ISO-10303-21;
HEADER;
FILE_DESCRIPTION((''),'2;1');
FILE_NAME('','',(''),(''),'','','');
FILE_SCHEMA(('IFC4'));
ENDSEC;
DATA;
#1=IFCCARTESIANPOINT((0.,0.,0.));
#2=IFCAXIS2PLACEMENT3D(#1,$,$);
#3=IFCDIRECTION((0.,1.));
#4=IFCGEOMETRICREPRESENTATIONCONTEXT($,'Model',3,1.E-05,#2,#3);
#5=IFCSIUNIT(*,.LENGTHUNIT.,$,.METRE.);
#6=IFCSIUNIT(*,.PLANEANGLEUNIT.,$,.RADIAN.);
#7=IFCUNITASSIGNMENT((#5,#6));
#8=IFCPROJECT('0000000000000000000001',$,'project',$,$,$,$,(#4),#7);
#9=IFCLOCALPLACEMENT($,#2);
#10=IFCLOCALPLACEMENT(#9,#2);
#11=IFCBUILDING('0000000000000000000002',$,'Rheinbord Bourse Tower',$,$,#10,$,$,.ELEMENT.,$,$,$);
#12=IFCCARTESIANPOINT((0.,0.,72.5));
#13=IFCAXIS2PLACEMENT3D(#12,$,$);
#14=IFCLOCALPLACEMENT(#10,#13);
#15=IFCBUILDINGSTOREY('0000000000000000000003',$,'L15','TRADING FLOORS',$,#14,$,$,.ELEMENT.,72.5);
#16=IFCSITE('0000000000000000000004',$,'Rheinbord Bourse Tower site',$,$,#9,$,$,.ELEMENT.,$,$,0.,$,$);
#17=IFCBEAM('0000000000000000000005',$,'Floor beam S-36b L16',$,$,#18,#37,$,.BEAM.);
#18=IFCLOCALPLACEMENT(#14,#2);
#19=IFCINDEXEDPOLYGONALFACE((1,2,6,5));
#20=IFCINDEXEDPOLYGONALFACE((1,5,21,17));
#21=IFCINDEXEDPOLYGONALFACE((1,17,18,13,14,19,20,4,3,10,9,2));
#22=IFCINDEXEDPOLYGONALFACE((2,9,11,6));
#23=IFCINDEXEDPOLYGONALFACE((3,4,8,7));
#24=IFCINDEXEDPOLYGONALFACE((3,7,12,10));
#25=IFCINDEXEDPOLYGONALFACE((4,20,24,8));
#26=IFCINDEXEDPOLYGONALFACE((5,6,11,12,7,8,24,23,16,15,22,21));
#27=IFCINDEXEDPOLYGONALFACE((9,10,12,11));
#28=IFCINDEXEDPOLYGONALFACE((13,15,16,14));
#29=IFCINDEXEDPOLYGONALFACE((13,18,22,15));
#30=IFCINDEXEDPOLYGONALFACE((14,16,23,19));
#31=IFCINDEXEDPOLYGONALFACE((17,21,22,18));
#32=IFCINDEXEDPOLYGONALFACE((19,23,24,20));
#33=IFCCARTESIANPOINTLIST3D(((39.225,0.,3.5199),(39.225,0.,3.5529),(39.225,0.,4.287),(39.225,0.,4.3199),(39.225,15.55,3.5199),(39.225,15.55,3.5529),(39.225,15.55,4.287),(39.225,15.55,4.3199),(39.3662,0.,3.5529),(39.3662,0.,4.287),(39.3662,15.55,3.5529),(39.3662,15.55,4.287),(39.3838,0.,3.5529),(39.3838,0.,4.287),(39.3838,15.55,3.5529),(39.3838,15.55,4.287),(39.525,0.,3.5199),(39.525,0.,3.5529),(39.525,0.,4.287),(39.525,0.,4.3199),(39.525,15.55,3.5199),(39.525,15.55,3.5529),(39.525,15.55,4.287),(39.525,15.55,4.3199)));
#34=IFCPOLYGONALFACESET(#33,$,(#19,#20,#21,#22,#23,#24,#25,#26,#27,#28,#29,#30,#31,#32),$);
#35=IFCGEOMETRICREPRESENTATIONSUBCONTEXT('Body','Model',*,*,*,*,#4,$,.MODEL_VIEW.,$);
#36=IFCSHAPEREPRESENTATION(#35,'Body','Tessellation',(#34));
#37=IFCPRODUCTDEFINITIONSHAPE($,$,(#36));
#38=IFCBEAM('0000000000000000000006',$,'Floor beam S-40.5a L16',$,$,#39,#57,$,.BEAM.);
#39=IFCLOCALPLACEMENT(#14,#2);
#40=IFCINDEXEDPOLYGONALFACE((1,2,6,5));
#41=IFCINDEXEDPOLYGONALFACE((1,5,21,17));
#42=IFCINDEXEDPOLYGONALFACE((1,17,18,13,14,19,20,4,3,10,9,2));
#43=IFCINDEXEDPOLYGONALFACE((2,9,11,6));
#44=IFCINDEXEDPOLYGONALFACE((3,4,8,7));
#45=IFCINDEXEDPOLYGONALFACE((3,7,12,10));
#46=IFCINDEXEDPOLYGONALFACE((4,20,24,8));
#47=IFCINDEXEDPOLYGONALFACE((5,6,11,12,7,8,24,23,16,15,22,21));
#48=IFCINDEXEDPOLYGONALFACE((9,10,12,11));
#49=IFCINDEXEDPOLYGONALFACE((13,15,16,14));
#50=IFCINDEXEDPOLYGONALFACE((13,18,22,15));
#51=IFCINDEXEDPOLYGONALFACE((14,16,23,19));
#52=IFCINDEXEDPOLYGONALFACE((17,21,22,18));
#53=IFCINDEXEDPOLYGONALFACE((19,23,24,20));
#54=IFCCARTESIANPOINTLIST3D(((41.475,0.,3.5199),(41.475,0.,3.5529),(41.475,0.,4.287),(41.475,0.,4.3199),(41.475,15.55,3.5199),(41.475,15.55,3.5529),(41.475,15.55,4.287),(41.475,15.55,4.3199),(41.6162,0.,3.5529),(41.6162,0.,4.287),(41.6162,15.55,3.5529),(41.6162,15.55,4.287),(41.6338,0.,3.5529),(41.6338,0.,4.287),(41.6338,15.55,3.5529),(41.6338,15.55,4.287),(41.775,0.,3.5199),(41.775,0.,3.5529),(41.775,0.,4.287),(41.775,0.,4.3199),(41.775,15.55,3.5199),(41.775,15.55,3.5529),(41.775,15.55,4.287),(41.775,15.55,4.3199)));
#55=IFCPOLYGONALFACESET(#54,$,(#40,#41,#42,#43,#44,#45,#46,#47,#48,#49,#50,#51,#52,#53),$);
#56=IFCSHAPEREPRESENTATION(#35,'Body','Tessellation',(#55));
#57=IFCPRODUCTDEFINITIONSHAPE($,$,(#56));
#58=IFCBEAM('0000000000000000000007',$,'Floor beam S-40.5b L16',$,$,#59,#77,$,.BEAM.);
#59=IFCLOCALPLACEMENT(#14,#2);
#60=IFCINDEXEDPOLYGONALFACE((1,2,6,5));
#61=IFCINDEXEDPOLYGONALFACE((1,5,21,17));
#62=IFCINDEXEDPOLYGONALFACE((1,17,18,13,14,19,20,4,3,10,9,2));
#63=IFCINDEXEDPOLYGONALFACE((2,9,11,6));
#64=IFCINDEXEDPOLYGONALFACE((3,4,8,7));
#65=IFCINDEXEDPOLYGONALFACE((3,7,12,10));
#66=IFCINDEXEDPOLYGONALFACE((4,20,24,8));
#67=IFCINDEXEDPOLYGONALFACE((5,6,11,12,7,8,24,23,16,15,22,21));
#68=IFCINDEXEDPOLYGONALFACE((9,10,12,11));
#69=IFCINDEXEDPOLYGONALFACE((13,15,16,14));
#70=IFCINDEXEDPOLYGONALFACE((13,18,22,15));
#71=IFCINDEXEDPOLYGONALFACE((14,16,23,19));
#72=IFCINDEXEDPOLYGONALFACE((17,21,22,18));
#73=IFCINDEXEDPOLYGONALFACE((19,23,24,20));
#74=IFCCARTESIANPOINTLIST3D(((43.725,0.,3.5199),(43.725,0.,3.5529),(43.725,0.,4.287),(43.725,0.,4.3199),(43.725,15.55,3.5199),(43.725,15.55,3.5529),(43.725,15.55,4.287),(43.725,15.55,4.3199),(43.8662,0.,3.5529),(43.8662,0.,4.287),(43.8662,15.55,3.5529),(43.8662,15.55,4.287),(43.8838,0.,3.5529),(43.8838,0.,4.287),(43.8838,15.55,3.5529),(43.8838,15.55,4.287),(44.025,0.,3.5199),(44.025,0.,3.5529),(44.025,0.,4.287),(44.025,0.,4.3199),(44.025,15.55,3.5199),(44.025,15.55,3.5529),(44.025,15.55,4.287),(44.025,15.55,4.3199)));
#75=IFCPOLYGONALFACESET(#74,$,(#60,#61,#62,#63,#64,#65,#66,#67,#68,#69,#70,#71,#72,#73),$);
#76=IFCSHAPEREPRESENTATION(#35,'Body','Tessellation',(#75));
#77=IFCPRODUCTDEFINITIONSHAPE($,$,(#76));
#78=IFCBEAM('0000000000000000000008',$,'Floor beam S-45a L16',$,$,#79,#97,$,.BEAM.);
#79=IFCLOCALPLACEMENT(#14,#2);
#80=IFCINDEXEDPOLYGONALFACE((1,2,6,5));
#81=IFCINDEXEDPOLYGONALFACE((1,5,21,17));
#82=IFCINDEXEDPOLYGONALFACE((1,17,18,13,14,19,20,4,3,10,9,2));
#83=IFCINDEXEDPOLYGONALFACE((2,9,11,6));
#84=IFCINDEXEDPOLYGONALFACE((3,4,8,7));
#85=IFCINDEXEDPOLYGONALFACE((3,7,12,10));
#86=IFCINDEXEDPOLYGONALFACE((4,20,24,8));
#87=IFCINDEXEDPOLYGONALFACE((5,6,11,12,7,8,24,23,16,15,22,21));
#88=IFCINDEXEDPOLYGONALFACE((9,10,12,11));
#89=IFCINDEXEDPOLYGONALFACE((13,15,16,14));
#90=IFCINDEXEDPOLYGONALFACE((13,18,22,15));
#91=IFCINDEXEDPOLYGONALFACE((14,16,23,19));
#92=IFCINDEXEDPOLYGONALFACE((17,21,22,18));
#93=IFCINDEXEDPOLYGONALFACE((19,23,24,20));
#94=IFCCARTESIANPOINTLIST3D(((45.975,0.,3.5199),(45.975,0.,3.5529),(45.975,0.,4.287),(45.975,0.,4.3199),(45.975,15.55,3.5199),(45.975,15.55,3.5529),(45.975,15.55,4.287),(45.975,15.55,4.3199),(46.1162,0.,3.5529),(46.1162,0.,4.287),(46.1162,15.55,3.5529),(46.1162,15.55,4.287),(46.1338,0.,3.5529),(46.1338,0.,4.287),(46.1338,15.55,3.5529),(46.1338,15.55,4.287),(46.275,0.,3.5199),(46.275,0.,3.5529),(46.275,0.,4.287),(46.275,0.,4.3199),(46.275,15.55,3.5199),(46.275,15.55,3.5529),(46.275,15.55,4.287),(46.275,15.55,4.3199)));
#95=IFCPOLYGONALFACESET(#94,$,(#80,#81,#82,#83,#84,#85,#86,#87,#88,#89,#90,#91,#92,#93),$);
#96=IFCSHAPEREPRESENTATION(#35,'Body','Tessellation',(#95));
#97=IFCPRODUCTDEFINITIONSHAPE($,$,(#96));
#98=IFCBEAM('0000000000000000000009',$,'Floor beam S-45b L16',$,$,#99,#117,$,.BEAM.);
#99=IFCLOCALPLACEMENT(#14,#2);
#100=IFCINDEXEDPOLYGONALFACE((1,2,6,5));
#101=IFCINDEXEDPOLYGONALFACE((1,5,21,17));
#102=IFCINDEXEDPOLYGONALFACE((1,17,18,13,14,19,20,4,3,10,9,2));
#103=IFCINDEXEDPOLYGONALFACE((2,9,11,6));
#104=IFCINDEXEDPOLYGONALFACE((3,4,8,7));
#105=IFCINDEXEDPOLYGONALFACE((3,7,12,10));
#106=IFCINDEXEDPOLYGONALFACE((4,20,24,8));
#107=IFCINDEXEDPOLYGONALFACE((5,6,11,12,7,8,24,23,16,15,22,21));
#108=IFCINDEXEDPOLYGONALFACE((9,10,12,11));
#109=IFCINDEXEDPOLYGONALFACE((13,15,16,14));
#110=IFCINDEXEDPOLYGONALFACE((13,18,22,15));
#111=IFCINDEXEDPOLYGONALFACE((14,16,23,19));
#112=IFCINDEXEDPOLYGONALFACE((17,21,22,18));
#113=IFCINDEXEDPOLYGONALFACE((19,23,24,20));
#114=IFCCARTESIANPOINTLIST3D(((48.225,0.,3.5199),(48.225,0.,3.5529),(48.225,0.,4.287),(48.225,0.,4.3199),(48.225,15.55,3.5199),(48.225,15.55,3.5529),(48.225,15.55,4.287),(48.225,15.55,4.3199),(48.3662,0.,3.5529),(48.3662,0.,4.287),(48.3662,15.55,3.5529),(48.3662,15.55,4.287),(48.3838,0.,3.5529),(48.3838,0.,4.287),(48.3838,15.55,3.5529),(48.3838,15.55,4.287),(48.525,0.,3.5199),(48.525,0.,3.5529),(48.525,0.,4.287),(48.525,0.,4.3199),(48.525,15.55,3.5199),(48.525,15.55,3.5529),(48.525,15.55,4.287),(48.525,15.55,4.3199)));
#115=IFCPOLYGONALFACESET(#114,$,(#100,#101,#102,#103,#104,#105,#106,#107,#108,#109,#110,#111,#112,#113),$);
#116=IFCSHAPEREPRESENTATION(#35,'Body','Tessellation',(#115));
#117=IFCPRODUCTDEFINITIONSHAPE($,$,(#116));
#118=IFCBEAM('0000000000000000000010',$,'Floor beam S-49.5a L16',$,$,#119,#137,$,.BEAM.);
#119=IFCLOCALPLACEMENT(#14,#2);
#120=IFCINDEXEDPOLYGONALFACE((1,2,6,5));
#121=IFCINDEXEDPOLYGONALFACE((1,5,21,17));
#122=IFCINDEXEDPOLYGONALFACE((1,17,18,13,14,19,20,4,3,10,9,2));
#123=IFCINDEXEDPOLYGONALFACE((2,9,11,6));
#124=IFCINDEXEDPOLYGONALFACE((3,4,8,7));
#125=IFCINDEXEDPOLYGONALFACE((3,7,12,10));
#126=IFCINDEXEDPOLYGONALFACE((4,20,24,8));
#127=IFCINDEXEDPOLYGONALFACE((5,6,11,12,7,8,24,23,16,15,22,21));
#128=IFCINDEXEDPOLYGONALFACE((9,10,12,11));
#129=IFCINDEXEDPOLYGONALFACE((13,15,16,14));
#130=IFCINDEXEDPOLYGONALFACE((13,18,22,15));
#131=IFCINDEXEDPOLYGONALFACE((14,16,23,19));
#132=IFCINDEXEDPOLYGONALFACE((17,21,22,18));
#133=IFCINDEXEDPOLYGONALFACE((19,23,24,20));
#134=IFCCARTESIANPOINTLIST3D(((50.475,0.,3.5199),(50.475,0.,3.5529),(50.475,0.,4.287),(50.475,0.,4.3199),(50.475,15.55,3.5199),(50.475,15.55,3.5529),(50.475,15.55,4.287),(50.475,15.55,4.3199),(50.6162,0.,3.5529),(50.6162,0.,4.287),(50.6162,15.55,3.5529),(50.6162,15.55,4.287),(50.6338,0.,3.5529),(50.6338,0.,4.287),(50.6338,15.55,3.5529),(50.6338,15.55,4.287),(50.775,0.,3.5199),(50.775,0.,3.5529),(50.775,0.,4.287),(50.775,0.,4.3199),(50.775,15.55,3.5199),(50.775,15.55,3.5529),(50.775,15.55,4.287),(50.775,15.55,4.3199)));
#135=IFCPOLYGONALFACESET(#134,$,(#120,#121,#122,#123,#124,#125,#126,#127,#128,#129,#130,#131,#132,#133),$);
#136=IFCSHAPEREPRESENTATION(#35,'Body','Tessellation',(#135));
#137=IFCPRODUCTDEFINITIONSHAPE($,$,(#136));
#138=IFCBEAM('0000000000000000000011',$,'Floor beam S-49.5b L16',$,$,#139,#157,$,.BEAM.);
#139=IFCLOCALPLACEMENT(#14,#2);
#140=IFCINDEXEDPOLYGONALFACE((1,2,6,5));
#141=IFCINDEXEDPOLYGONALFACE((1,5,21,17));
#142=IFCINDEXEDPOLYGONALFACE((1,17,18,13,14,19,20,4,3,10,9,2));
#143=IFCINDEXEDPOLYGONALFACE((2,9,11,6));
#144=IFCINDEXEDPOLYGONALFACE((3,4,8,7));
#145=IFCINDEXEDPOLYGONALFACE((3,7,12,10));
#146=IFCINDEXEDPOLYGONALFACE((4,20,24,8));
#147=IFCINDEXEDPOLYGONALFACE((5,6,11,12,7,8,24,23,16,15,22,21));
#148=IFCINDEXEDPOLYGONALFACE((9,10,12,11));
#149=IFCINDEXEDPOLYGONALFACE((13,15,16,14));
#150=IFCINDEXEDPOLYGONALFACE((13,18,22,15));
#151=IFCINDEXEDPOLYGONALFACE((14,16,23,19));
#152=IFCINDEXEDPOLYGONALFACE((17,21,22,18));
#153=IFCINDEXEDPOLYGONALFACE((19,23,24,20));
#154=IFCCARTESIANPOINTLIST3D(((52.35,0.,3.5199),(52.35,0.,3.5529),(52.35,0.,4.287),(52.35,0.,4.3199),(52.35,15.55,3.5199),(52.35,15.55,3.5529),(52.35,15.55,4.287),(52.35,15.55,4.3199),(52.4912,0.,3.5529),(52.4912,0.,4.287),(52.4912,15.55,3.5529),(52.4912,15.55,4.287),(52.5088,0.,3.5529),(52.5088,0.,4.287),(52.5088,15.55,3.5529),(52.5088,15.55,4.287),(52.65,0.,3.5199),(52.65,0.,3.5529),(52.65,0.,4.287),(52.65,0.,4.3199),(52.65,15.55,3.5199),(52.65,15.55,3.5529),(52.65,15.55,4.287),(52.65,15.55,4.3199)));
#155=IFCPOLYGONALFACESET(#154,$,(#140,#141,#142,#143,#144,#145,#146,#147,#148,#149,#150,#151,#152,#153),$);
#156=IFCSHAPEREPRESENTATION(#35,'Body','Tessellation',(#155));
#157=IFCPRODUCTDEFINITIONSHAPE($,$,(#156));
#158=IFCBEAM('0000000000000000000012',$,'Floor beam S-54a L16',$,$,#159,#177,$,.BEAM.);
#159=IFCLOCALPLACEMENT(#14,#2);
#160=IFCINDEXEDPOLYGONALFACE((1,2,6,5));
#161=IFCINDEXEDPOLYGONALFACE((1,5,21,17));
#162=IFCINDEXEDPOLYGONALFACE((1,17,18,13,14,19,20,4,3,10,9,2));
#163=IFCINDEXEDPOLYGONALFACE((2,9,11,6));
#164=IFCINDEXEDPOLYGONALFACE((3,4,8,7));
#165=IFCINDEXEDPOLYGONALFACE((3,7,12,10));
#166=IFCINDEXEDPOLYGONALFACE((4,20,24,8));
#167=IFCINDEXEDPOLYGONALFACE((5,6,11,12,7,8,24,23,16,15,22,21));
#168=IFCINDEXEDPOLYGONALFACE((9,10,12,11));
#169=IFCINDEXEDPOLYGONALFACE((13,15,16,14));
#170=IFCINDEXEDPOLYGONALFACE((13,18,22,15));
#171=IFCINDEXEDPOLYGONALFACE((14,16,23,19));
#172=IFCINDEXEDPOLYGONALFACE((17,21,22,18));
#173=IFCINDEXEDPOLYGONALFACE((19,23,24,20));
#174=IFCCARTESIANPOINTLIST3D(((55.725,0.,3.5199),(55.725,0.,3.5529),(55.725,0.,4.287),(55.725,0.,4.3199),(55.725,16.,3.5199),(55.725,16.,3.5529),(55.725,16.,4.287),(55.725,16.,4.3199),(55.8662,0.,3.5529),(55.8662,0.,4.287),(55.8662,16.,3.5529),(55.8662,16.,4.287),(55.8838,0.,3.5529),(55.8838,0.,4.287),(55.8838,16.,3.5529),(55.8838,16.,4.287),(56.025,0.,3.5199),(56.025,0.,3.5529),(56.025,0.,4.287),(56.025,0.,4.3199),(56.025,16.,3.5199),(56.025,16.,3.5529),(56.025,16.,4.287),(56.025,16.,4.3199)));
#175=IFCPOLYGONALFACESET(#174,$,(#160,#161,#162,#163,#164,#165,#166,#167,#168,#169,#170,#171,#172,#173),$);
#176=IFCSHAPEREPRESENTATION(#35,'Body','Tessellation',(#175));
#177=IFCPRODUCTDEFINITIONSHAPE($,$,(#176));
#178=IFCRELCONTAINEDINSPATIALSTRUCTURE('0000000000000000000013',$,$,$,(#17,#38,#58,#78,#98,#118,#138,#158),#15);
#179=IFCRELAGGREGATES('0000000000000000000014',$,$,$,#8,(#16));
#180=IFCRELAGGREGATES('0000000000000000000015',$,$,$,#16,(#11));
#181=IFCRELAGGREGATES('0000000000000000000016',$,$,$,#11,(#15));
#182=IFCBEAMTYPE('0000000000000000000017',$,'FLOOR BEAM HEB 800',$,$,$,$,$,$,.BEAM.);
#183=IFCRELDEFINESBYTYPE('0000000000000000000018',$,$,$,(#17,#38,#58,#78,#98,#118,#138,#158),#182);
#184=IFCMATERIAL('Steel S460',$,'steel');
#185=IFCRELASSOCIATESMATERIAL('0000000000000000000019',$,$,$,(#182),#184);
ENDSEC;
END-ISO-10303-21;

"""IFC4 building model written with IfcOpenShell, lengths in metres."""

from ifc_helpers import new_model, si_unit, direction, frame, origin, origin_2d, place, context, subcontext, project, spatial, i_section, extrude, material, material_profile, profile_set, type_object, element, save


model = new_model("IFC4")

# Units and contexts
model_context = context("Model", 3, precision=1e-05, world=origin(), true_north=direction((0.0, 1.0)))
body_context = subcontext(model_context, "Body", "Model", "MODEL_VIEW")
ifc_project = project(units=[si_unit("LENGTHUNIT", "METRE"), si_unit("PLANEANGLEUNIT", "RADIAN")], contexts=[model_context])

# Site, building, storey
site_placement = place(None, origin())
site = spatial("IfcSite", under=ifc_project, at=site_placement, Name="Rheinbord Bourse Tower site", CompositionType="ELEMENT", RefElevation=0.0)
building_placement = place(site_placement, origin())
building = spatial("IfcBuilding", under=site, at=building_placement, Name="Rheinbord Bourse Tower", CompositionType="ELEMENT")
storey_placement = place(building_placement, frame((0.0, 0.0, 72.5)))
storey = spatial("IfcBuildingStorey", under=building, at=storey_placement, Name="L15", Description="TRADING FLOORS", CompositionType="ELEMENT", Elevation=72.5)

# Beams
ifc_material_1 = material(Name="Steel S460", Category="steel")
ifc_material_profile_1 = material_profile(ifc_material_1, i_section(OverallWidth=0.3, OverallDepth=0.8, WebThickness=0.0176, FlangeThickness=0.033, at=origin_2d()), Name="HEB 800")
ifc_profile_set_1 = profile_set([ifc_material_profile_1], Name="Steel S460")
beam_type_1 = type_object("IfcBeamType", Name="FLOOR BEAM HEB 800", PredefinedType="BEAM", material=ifc_profile_set_1)
for number, where, z_axis, x_axis, name in (
    (1, (39.375, 0.0, 3.9199), (0.0, 1.0, 0.0), (-1.0, 0.0, 0.0), "Floor beam S-36b L16"),
    (2, (41.625, 0.0, 3.9199), (0.0, 1.0, 0.0), (-1.0, 0.0, 0.0), "Floor beam S-40.5a L16"),
    (3, (43.875, 0.0, 3.9199), (0.0, 1.0, 0.0), (-1.0, 0.0, 0.0), "Floor beam S-40.5b L16"),
    (4, (46.125, 0.0, 3.9199), (0.0, 1.0, 0.0), (-1.0, 0.0, 0.0), "Floor beam S-45a L16"),
    (5, (48.375, 0.0, 3.9199), (0.0, 1.0, 0.0), (-1.0, 0.0, 0.0), "Floor beam S-45b L16"),
    (6, (50.625, 0.0, 3.9199), (0.0, 1.0, 0.0), (-1.0, 0.0, 0.0), "Floor beam S-49.5a L16"),
    (7, (52.5, 0.0, 3.9199), (0.0, 1.0, 0.0), (-1.0, 0.0, 0.0), "Floor beam S-49.5b L16"),
):
    element("IfcBeam", number, at=place(storey_placement, frame(where, z_axis=z_axis, x_axis=x_axis)), inside=storey, type_object=beam_type_1, Name=name, PredefinedType="BEAM", context=body_context, shape_type="SweptSolid", body=[
        extrude(i_section(OverallWidth=0.3, OverallDepth=0.8, WebThickness=0.0176, FlangeThickness=0.033, at=origin_2d()), origin(), (0.0, 0.0, 1.0), 15.55),
    ])
beam_placement = place(storey_placement, frame((55.875, 0.0, 3.9199), z_axis=(0.0, 1.0, 0.0), x_axis=(-1.0, 0.0, 0.0)))
element("IfcBeam", 8, at=beam_placement, inside=storey, type_object=beam_type_1, Name="Floor beam S-54a L16", PredefinedType="BEAM", context=body_context, shape_type="SweptSolid", body=[
    extrude(i_section(OverallWidth=0.3, OverallDepth=0.8, WebThickness=0.0176, FlangeThickness=0.033, at=origin_2d()), origin(), (0.0, 0.0, 1.0), 16.0),
])

save(model, "model.ifc")
